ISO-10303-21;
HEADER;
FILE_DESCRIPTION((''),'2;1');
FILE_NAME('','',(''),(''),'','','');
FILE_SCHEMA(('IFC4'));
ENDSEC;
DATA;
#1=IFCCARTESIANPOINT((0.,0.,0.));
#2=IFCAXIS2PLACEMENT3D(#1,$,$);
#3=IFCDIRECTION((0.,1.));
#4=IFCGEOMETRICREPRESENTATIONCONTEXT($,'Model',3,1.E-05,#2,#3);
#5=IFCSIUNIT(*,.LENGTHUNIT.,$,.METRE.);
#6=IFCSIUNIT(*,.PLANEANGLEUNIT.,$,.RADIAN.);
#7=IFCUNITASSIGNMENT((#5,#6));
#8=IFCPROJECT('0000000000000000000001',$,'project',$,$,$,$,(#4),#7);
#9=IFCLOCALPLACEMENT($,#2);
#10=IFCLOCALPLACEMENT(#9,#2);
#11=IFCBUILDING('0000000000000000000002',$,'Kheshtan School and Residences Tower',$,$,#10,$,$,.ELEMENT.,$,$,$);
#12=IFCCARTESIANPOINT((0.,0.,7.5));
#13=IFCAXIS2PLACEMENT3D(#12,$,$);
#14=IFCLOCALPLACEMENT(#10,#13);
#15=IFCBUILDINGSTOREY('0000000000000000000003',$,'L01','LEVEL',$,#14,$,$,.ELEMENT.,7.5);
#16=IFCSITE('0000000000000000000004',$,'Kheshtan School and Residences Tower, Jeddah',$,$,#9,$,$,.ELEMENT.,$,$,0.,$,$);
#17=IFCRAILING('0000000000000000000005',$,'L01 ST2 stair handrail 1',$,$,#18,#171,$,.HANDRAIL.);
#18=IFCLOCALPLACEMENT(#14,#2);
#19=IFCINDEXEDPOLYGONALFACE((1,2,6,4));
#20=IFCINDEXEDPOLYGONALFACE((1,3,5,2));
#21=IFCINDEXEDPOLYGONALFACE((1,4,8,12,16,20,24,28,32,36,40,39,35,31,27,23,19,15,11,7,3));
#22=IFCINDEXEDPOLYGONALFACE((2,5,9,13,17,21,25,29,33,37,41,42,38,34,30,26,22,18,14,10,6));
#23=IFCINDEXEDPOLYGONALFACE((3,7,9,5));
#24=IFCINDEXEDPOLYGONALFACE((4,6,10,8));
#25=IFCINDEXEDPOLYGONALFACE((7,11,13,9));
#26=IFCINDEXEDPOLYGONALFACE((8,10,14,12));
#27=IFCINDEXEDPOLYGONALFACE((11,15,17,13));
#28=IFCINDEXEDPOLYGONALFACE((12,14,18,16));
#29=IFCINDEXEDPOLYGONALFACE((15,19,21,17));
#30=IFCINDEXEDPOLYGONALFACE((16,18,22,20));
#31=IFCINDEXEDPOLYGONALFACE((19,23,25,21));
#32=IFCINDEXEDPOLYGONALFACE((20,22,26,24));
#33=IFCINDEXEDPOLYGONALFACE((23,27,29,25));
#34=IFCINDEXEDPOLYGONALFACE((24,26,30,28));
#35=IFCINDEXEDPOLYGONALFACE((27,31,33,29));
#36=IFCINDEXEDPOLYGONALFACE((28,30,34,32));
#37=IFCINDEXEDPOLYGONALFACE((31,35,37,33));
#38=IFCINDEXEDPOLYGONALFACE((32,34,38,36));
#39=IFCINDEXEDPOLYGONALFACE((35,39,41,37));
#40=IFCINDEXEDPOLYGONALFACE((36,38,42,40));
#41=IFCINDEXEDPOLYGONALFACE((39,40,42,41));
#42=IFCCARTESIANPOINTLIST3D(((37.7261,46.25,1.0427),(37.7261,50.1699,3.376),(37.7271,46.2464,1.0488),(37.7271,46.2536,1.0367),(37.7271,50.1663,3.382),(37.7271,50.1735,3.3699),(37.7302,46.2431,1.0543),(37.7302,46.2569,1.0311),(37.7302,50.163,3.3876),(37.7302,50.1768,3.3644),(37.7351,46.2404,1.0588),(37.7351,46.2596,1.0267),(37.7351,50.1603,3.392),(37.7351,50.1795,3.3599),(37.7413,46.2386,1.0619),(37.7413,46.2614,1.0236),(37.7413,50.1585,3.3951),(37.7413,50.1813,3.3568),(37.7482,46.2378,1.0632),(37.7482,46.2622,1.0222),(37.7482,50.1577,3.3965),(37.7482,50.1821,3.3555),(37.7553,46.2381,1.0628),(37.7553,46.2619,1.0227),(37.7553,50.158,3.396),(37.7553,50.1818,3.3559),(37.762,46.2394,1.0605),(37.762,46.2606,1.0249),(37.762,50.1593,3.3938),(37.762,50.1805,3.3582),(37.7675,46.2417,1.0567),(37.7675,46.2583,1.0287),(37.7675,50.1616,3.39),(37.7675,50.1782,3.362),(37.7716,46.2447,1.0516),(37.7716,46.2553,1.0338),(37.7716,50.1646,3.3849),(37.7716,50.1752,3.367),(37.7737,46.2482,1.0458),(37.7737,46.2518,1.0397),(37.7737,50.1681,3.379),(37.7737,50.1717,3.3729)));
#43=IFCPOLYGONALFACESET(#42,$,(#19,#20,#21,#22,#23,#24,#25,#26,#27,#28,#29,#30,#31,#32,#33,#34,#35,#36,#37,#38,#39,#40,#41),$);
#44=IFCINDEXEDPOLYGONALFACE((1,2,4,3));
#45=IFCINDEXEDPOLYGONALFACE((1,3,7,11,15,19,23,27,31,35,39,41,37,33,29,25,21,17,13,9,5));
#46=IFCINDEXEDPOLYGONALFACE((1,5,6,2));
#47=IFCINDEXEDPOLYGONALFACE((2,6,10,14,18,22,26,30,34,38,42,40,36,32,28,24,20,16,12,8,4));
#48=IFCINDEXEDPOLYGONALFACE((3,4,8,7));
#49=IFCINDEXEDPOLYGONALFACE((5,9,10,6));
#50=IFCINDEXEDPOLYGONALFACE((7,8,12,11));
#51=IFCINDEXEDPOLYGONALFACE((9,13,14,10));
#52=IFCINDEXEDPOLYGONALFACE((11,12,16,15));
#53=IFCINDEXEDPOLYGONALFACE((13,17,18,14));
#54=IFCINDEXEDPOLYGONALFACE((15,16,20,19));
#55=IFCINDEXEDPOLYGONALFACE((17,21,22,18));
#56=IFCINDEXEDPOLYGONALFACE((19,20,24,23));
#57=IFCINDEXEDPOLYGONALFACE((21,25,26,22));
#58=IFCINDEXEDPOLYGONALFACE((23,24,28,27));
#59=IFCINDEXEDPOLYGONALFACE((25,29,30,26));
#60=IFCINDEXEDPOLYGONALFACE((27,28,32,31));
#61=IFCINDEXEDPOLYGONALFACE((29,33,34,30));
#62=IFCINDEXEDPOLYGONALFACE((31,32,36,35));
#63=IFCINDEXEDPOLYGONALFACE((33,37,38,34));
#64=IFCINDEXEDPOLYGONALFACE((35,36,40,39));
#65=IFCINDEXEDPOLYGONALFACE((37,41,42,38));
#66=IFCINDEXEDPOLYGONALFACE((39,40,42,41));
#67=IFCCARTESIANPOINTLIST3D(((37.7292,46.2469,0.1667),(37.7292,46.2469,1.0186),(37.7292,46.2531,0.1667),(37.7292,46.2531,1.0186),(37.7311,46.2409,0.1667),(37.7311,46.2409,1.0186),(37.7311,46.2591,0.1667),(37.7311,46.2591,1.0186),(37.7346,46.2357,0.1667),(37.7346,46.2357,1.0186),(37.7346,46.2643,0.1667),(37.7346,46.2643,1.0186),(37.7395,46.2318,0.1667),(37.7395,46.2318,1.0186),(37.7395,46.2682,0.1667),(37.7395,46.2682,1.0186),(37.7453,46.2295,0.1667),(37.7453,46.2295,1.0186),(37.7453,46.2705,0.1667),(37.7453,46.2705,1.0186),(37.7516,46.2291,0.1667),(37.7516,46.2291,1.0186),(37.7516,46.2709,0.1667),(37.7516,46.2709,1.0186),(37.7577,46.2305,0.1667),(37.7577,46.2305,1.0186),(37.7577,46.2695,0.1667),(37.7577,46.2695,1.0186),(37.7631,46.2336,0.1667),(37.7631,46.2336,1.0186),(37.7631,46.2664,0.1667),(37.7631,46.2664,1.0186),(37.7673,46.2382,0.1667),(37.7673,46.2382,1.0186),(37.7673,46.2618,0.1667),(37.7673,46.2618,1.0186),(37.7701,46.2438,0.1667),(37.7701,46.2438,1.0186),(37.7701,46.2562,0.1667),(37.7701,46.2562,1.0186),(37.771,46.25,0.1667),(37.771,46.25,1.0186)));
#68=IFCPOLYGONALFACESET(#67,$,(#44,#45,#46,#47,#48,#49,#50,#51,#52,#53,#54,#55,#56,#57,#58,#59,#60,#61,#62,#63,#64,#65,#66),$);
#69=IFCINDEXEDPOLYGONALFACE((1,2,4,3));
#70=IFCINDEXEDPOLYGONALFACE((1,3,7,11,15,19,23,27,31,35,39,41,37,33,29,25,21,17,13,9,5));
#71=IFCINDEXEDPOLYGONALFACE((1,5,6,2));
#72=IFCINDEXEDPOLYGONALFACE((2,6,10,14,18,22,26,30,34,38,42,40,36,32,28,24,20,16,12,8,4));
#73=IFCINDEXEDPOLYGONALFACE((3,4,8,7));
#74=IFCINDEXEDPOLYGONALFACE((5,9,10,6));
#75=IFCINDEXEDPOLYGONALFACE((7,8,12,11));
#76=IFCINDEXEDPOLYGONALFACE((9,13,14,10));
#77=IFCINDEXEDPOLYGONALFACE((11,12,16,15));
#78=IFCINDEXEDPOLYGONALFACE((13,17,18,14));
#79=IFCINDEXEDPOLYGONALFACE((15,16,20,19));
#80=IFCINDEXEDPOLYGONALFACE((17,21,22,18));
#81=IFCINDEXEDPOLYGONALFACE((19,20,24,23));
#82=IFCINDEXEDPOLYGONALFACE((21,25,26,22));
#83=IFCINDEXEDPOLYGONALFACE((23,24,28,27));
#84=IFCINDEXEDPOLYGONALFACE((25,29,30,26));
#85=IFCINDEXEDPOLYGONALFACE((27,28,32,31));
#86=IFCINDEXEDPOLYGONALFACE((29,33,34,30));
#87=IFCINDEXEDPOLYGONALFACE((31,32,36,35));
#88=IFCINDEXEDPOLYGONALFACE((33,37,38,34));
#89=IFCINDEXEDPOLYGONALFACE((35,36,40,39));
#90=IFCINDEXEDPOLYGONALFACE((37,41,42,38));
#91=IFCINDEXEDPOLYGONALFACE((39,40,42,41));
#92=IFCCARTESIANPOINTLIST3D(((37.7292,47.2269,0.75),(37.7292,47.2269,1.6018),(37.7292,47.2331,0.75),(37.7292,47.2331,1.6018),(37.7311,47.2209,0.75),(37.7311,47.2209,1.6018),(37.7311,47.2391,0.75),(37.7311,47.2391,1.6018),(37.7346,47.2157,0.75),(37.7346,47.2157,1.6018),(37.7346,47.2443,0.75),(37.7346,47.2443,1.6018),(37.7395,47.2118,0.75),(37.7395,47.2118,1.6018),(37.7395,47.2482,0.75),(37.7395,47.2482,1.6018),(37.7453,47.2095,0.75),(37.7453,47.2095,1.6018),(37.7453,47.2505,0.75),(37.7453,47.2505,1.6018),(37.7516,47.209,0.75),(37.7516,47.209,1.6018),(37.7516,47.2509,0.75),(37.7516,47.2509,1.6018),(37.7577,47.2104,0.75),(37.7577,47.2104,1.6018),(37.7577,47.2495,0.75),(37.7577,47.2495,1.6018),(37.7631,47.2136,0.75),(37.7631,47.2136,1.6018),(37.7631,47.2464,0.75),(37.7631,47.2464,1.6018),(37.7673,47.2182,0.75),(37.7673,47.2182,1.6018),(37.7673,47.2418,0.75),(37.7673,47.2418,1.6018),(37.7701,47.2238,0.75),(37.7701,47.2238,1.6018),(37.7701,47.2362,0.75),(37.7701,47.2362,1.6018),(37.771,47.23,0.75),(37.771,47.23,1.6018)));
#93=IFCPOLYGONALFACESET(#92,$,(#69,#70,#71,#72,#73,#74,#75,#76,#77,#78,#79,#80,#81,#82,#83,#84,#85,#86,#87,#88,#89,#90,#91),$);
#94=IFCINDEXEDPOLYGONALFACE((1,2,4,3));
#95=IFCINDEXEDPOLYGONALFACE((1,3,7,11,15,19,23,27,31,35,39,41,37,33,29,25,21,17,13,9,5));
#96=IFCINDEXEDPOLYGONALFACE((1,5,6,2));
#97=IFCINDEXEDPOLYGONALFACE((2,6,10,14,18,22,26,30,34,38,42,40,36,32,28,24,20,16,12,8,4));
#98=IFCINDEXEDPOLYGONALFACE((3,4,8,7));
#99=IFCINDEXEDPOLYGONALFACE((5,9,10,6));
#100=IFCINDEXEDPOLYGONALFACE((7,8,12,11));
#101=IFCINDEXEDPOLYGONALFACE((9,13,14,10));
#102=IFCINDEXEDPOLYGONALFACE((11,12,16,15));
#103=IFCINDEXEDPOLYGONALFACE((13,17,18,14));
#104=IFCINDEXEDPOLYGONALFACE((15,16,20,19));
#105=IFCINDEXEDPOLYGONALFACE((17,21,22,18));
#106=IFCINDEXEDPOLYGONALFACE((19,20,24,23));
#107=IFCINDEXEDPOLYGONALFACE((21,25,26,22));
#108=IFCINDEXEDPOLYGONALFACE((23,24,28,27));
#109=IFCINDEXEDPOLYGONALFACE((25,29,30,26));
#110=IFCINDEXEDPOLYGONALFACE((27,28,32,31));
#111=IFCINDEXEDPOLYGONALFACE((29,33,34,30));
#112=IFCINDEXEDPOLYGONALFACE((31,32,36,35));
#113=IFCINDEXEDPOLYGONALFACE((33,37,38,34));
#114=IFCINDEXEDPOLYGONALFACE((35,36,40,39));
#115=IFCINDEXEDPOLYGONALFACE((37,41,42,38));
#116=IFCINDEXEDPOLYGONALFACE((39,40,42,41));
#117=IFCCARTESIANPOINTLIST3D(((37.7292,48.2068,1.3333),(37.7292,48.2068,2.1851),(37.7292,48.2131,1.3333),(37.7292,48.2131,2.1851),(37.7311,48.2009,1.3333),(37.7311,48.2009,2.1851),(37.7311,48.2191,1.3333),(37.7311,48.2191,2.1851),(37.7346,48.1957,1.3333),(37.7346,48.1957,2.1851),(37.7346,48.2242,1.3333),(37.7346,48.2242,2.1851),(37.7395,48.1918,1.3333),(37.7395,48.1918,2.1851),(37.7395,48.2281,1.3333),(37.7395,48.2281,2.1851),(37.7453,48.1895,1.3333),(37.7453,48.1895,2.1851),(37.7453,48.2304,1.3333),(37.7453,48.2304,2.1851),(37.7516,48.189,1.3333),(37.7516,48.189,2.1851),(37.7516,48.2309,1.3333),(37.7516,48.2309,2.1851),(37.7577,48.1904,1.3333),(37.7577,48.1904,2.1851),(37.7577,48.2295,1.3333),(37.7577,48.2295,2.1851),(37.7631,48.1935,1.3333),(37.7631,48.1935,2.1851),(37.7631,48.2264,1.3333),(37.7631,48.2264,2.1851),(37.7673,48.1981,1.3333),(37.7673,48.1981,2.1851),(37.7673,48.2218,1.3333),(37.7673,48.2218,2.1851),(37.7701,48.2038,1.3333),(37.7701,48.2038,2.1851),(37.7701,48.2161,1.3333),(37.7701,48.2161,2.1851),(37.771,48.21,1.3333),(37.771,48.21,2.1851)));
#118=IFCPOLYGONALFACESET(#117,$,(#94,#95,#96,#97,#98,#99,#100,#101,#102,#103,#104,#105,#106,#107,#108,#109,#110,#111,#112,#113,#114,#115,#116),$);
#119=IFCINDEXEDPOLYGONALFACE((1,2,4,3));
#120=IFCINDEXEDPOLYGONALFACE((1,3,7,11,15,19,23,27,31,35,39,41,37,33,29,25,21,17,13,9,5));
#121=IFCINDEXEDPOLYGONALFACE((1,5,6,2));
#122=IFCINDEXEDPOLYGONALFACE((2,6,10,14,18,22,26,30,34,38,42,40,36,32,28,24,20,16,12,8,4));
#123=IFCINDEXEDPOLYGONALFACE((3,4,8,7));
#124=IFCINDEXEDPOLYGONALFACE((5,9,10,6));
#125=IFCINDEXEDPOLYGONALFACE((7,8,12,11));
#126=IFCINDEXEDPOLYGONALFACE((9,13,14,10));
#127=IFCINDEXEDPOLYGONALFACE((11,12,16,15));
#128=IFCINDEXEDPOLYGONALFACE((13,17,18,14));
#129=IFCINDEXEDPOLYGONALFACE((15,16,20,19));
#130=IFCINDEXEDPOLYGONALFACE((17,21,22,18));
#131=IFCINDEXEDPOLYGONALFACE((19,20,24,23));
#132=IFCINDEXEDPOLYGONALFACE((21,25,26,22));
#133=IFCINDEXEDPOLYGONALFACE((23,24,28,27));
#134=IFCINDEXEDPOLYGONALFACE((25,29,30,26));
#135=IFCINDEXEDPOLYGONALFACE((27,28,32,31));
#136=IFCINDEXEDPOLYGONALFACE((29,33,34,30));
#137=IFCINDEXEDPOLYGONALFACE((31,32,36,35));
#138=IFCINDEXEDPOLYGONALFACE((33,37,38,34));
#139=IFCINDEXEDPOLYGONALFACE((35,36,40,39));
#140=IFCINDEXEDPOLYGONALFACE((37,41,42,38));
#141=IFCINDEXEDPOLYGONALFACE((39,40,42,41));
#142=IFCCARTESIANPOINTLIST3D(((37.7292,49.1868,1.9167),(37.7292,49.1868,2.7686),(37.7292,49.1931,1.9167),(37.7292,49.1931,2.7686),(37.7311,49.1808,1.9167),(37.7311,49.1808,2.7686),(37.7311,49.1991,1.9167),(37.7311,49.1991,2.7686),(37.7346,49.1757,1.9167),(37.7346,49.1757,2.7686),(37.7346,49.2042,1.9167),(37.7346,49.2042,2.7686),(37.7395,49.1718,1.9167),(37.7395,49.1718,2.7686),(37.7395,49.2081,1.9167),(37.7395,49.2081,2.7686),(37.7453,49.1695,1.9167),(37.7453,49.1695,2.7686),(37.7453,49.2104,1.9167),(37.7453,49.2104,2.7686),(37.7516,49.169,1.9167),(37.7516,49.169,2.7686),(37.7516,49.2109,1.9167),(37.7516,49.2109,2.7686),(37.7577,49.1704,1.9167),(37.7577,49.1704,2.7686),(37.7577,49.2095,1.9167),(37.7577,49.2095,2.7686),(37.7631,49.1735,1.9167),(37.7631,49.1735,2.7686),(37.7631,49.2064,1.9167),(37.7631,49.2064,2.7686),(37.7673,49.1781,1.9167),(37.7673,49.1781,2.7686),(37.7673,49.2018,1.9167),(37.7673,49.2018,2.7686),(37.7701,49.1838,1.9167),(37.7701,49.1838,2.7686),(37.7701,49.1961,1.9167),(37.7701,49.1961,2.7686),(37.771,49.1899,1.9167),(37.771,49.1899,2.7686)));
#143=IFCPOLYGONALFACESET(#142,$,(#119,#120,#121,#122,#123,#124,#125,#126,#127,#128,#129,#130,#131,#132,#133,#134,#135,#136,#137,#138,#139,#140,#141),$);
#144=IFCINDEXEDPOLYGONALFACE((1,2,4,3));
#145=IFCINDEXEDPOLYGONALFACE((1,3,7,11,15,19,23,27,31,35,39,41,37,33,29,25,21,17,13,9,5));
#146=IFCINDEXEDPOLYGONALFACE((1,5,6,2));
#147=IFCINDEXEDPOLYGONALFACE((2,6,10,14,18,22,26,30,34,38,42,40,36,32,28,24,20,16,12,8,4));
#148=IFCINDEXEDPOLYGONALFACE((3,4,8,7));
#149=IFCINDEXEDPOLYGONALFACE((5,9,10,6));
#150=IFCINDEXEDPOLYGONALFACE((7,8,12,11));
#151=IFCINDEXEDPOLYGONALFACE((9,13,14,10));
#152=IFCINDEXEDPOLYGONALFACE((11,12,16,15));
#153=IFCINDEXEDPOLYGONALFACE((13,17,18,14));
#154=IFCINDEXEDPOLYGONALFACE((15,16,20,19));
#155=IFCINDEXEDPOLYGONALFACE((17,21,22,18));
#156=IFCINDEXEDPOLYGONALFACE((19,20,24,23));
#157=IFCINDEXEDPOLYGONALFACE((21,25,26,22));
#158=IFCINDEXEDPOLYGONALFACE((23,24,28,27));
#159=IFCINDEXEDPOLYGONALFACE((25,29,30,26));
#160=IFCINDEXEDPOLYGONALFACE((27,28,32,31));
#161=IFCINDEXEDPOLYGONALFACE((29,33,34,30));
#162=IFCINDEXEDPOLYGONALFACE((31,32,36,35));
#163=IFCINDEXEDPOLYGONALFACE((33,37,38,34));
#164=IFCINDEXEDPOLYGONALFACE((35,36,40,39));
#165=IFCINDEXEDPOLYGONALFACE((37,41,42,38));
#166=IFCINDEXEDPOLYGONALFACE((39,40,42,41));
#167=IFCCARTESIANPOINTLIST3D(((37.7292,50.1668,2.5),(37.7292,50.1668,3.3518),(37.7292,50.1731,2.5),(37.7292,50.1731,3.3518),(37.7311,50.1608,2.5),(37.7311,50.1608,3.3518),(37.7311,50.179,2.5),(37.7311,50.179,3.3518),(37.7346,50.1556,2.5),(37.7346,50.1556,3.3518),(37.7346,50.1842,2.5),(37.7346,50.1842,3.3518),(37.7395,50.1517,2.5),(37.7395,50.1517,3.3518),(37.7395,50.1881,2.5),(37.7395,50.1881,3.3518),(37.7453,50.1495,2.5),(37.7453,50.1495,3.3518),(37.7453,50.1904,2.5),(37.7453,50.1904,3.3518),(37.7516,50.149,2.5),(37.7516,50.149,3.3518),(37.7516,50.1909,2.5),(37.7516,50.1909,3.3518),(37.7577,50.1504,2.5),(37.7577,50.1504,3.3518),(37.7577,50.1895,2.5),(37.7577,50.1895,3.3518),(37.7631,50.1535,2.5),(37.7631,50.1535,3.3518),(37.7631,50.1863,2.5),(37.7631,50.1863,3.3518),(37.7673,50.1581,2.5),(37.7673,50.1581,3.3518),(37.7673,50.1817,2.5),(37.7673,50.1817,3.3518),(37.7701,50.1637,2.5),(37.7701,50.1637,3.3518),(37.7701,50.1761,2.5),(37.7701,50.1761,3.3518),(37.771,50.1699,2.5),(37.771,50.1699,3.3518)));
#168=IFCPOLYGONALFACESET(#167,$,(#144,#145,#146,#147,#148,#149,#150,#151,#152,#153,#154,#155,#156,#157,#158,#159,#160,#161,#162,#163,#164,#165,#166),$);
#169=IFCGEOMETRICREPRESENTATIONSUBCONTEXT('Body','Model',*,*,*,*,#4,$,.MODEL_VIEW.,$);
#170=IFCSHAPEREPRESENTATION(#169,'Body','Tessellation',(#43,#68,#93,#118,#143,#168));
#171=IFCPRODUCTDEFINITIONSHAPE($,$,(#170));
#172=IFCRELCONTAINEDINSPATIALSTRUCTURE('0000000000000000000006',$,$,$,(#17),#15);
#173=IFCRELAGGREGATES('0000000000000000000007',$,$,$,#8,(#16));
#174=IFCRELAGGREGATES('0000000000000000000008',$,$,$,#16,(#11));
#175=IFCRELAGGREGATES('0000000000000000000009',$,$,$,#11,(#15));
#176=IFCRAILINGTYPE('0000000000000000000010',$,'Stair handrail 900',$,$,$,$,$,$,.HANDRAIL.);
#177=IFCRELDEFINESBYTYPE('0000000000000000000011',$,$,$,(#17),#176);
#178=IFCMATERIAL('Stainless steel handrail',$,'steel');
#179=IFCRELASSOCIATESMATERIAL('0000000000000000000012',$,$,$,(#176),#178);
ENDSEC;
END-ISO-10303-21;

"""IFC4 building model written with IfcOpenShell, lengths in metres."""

from ifc_helpers import new_model, si_unit, direction, frame, origin, origin_2d, place, context, subcontext, project, spatial, circle, extrude, material, type_object, element, save


model = new_model("IFC4")

# Units and contexts
model_context = context("Model", 3, precision=1e-05, world=origin(), true_north=direction((0.0, 1.0)))
body_context = subcontext(model_context, "Body", "Model", "MODEL_VIEW")
ifc_project = project(units=[si_unit("LENGTHUNIT", "METRE"), si_unit("PLANEANGLEUNIT", "RADIAN")], contexts=[model_context])

# Site, building, storey
site_placement = place(None, origin())
site = spatial("IfcSite", under=ifc_project, at=site_placement, Name="Kheshtan School and Residences Tower, Jeddah", CompositionType="ELEMENT", RefElevation=0.0)
building_placement = place(site_placement, origin())
building = spatial("IfcBuilding", under=site, at=building_placement, Name="Kheshtan School and Residences Tower", CompositionType="ELEMENT")
storey_placement = place(building_placement, frame((0.0, 0.0, 7.5)))
storey = spatial("IfcBuildingStorey", under=building, at=storey_placement, Name="L01", Description="LEVEL", CompositionType="ELEMENT", Elevation=7.5)

# Railing
ifc_material_1 = material(Name="Stainless steel handrail", Category="steel")
railing_type_1 = type_object("IfcRailingType", Name="Stair handrail 900", PredefinedType="HANDRAIL", material=ifc_material_1)
railing_1_placement = place(storey_placement, frame((37.75, 46.25, 0.1667)))
element("IfcRailing", 1, at=railing_1_placement, inside=storey, type_object=railing_type_1, Name="L01 ST2 stair handrail 1", PredefinedType="HANDRAIL", context=body_context, shape_type="SweptSolid", body=[
    extrude(circle(Radius=0.0239, at=origin_2d()), frame((0.0, 0.0, 0.876), z_axis=(0.0, 0.859296, 0.511478), x_axis=(-1.0, 0.0, 0.0)), (0.0, 0.0, 1.0), 4.5618),
    extrude(circle(Radius=0.021, at=origin_2d()), origin(), (0.0, 0.0, 1.0), 0.8518),
    extrude(circle(Radius=0.021, at=origin_2d()), frame((0.0, 0.98, 0.5833)), (0.0, 0.0, 1.0), 0.8518),
    extrude(circle(Radius=0.021, at=origin_2d()), frame((0.0, 1.96, 1.1665)), (0.0, 0.0, 1.0), 0.8518),
    extrude(circle(Radius=0.021, at=origin_2d()), frame((0.0, 2.9399, 1.75)), (0.0, 0.0, 1.0), 0.8518),
    extrude(circle(Radius=0.021, at=origin_2d()), frame((0.0, 3.9199, 2.3333)), (0.0, 0.0, 1.0), 0.8518),
])

save(model, "model.ifc")
